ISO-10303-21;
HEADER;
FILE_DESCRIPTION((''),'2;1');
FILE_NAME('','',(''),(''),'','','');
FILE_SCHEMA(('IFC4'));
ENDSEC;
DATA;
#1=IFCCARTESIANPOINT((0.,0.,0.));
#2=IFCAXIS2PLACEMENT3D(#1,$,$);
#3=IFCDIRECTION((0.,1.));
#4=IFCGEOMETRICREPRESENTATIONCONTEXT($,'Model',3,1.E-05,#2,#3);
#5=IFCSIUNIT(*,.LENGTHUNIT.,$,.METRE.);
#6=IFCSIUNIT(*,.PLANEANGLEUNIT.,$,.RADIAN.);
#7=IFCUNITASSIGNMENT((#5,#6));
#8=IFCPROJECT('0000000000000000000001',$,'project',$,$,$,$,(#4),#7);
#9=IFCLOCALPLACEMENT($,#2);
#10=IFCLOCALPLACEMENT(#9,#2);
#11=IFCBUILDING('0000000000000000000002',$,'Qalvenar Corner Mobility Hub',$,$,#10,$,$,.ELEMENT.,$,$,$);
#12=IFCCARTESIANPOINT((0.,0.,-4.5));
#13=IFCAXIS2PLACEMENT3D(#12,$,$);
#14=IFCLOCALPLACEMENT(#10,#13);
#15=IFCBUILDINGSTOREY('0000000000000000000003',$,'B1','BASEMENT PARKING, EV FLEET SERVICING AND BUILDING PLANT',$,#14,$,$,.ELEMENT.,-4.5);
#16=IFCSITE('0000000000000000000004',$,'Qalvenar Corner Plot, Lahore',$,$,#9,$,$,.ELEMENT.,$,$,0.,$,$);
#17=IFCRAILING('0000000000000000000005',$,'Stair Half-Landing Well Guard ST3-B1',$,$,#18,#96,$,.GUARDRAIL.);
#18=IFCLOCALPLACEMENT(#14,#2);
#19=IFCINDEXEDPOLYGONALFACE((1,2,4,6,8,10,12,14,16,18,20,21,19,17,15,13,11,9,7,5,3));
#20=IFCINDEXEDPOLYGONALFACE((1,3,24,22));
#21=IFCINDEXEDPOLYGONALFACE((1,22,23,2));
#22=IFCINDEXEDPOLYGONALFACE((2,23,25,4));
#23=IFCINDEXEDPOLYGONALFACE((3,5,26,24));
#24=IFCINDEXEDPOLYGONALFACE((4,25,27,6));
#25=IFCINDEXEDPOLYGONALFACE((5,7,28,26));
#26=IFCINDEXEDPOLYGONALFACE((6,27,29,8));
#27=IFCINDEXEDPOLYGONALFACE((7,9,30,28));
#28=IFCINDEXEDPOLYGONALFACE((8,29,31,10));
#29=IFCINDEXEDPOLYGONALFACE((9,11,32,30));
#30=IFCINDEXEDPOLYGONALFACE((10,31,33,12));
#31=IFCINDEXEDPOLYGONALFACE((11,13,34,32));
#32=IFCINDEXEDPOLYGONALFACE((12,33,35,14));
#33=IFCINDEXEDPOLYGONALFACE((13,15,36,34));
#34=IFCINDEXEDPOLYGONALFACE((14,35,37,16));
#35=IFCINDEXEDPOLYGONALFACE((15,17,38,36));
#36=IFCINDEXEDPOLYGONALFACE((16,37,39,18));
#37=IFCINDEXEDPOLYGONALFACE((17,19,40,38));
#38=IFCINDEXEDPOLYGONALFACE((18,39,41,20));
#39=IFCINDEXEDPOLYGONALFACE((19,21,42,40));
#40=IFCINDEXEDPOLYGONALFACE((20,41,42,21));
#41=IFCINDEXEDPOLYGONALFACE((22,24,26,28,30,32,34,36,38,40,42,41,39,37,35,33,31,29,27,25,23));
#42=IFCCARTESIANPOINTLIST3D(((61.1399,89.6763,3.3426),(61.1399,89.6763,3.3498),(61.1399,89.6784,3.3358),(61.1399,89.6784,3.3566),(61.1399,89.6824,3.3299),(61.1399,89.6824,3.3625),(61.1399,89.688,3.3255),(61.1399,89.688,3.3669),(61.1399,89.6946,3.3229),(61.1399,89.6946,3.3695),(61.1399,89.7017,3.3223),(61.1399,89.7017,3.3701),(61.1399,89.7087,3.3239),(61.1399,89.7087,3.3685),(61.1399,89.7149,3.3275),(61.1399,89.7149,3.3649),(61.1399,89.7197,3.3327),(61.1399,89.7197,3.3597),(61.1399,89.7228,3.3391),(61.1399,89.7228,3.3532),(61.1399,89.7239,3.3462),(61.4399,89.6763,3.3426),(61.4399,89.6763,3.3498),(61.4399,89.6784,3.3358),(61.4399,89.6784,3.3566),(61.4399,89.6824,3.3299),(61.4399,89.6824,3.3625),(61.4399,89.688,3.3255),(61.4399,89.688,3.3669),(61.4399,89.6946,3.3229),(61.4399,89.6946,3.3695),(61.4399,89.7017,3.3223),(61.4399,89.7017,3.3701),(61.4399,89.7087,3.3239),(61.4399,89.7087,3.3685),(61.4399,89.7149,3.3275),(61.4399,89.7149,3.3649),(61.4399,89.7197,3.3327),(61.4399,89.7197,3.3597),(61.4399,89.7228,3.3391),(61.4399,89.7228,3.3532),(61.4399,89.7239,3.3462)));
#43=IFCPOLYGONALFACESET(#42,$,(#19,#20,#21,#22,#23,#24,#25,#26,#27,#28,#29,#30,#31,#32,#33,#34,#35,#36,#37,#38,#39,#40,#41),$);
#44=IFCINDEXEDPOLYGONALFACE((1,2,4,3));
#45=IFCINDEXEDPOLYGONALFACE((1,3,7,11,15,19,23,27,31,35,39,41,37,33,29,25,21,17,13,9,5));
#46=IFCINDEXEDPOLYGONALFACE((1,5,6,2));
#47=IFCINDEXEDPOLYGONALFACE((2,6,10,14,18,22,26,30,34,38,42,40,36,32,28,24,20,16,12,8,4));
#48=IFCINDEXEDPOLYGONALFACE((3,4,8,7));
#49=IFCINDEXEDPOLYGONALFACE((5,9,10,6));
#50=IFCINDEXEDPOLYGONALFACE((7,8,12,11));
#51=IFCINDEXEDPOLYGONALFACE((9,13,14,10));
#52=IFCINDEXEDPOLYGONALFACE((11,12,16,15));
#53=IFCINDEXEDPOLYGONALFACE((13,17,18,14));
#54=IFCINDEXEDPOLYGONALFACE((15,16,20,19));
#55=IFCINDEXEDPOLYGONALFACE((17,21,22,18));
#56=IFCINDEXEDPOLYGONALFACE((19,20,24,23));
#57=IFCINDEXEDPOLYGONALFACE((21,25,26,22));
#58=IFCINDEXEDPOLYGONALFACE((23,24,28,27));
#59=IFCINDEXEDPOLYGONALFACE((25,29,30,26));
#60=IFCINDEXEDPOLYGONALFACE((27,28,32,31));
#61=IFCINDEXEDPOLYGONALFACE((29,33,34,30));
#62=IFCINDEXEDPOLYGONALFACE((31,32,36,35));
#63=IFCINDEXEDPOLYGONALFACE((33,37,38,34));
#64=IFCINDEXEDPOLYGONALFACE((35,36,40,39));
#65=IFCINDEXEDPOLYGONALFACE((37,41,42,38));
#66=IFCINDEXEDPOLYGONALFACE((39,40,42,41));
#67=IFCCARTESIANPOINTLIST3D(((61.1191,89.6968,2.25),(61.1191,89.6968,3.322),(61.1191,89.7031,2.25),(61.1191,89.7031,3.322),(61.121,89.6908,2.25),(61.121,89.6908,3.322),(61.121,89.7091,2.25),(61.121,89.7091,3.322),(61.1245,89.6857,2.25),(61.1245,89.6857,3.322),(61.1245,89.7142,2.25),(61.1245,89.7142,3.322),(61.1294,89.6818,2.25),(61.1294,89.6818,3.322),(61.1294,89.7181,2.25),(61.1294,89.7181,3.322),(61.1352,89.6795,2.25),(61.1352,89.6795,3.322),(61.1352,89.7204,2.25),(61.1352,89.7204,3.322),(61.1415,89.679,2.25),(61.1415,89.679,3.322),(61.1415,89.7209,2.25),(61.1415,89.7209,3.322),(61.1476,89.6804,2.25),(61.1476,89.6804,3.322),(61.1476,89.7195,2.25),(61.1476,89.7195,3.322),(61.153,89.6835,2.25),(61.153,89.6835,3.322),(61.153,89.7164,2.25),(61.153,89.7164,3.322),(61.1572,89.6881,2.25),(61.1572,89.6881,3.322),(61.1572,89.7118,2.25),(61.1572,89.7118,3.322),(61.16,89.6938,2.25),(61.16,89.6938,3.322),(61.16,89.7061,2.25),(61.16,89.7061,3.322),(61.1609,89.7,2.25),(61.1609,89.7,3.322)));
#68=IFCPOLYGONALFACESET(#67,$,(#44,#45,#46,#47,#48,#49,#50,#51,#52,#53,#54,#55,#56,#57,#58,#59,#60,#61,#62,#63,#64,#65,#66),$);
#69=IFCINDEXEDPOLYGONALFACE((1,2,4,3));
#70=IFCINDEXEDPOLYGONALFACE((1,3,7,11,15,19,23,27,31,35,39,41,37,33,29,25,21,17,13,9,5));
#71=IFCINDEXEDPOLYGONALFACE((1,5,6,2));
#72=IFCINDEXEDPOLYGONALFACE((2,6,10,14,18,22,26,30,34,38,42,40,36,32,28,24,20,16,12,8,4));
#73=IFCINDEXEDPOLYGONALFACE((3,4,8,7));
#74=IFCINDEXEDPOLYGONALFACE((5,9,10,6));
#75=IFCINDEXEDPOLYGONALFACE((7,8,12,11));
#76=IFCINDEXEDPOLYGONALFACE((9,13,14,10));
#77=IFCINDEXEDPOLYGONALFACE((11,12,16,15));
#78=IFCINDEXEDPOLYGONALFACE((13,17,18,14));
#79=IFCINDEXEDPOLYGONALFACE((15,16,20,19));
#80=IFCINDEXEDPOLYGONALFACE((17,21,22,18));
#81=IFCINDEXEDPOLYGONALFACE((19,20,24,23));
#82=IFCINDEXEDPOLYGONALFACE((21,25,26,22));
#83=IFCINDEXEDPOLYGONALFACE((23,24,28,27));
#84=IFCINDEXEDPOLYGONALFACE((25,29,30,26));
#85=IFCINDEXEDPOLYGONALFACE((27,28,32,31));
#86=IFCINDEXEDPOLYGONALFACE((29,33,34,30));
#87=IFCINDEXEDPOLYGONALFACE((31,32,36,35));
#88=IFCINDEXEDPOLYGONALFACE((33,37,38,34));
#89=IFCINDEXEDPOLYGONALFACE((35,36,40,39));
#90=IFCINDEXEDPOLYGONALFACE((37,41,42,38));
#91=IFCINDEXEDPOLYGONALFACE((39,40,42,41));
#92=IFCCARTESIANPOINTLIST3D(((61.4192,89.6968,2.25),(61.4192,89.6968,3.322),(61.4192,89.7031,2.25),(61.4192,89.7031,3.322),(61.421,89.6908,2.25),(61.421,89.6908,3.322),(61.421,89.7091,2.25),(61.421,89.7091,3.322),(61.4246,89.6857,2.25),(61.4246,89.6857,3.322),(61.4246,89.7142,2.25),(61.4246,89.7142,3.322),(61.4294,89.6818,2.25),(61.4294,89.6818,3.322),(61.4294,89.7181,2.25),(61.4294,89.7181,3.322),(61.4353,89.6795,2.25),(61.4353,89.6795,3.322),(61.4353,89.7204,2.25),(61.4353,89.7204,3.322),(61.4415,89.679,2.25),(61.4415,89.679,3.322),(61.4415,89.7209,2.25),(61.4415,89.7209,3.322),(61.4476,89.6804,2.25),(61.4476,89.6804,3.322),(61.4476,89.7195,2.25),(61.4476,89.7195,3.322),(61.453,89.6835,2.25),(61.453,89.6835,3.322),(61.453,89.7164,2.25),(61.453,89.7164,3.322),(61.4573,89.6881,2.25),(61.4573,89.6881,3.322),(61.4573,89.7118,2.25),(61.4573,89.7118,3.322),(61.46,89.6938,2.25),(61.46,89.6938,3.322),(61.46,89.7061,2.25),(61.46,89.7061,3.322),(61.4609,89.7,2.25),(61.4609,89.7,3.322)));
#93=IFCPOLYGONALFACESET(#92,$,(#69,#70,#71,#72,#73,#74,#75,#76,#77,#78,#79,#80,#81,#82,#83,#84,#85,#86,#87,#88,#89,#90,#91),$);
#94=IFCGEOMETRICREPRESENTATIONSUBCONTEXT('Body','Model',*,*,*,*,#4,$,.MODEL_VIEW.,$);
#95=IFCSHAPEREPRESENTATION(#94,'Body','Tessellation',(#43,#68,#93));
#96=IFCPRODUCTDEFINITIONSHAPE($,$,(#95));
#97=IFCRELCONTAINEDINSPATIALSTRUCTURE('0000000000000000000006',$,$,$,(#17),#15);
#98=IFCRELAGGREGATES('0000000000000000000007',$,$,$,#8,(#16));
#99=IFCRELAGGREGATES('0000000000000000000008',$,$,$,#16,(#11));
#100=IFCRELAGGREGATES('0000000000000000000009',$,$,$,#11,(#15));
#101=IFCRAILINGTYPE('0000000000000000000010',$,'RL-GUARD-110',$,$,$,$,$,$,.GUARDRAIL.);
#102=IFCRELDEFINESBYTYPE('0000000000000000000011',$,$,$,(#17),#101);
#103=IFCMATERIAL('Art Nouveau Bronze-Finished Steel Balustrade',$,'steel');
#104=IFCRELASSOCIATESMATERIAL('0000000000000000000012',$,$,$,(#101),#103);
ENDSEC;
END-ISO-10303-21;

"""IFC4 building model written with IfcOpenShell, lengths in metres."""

from ifc_helpers import new_model, si_unit, direction, frame, origin, origin_2d, place, context, subcontext, project, spatial, circle, extrude, material, type_object, element, save


model = new_model("IFC4")

# Units and contexts
model_context = context("Model", 3, precision=1e-05, world=origin(), true_north=direction((0.0, 1.0)))
body_context = subcontext(model_context, "Body", "Model", "MODEL_VIEW")
ifc_project = project(units=[si_unit("LENGTHUNIT", "METRE"), si_unit("PLANEANGLEUNIT", "RADIAN")], contexts=[model_context])

# Site, building, storey
site_placement = place(None, origin())
site = spatial("IfcSite", under=ifc_project, at=site_placement, Name="Qalvenar Corner Plot, Lahore", CompositionType="ELEMENT", RefElevation=0.0)
building_placement = place(site_placement, origin())
building = spatial("IfcBuilding", under=site, at=building_placement, Name="Qalvenar Corner Mobility Hub", CompositionType="ELEMENT")
storey_placement = place(building_placement, frame((0.0, 0.0, -4.5)))
storey = spatial("IfcBuildingStorey", under=building, at=storey_placement, Name="B1", Description="BASEMENT PARKING, EV FLEET SERVICING AND BUILDING PLANT", CompositionType="ELEMENT", Elevation=-4.5)

# Railing
ifc_material_1 = material(Name="Art Nouveau Bronze-Finished Steel Balustrade", Category="steel")
railing_type_1 = type_object("IfcRailingType", Name="RL-GUARD-110", PredefinedType="GUARDRAIL", material=ifc_material_1)
railing_1_placement = place(storey_placement, frame((61.1399, 89.7, 2.25)))
element("IfcRailing", 1, at=railing_1_placement, inside=storey, type_object=railing_type_1, Name="Stair Half-Landing Well Guard ST3-B1", PredefinedType="GUARDRAIL", context=body_context, shape_type="SweptSolid", body=[
    extrude(circle(Radius=0.0239, at=origin_2d()), frame((0.0, 0.0, 1.0962), z_axis=(1.0, 0.0, 0.0), x_axis=(0.0, 1.0, 0.0)), (0.0, 0.0, 1.0), 0.3),
    extrude(circle(Radius=0.021, at=origin_2d()), origin(), (0.0, 0.0, 1.0), 1.072),
    extrude(circle(Radius=0.021, at=origin_2d()), frame((0.3, 0.0, 0.0)), (0.0, 0.0, 1.0), 1.072),
])

save(model, "model.ifc")
